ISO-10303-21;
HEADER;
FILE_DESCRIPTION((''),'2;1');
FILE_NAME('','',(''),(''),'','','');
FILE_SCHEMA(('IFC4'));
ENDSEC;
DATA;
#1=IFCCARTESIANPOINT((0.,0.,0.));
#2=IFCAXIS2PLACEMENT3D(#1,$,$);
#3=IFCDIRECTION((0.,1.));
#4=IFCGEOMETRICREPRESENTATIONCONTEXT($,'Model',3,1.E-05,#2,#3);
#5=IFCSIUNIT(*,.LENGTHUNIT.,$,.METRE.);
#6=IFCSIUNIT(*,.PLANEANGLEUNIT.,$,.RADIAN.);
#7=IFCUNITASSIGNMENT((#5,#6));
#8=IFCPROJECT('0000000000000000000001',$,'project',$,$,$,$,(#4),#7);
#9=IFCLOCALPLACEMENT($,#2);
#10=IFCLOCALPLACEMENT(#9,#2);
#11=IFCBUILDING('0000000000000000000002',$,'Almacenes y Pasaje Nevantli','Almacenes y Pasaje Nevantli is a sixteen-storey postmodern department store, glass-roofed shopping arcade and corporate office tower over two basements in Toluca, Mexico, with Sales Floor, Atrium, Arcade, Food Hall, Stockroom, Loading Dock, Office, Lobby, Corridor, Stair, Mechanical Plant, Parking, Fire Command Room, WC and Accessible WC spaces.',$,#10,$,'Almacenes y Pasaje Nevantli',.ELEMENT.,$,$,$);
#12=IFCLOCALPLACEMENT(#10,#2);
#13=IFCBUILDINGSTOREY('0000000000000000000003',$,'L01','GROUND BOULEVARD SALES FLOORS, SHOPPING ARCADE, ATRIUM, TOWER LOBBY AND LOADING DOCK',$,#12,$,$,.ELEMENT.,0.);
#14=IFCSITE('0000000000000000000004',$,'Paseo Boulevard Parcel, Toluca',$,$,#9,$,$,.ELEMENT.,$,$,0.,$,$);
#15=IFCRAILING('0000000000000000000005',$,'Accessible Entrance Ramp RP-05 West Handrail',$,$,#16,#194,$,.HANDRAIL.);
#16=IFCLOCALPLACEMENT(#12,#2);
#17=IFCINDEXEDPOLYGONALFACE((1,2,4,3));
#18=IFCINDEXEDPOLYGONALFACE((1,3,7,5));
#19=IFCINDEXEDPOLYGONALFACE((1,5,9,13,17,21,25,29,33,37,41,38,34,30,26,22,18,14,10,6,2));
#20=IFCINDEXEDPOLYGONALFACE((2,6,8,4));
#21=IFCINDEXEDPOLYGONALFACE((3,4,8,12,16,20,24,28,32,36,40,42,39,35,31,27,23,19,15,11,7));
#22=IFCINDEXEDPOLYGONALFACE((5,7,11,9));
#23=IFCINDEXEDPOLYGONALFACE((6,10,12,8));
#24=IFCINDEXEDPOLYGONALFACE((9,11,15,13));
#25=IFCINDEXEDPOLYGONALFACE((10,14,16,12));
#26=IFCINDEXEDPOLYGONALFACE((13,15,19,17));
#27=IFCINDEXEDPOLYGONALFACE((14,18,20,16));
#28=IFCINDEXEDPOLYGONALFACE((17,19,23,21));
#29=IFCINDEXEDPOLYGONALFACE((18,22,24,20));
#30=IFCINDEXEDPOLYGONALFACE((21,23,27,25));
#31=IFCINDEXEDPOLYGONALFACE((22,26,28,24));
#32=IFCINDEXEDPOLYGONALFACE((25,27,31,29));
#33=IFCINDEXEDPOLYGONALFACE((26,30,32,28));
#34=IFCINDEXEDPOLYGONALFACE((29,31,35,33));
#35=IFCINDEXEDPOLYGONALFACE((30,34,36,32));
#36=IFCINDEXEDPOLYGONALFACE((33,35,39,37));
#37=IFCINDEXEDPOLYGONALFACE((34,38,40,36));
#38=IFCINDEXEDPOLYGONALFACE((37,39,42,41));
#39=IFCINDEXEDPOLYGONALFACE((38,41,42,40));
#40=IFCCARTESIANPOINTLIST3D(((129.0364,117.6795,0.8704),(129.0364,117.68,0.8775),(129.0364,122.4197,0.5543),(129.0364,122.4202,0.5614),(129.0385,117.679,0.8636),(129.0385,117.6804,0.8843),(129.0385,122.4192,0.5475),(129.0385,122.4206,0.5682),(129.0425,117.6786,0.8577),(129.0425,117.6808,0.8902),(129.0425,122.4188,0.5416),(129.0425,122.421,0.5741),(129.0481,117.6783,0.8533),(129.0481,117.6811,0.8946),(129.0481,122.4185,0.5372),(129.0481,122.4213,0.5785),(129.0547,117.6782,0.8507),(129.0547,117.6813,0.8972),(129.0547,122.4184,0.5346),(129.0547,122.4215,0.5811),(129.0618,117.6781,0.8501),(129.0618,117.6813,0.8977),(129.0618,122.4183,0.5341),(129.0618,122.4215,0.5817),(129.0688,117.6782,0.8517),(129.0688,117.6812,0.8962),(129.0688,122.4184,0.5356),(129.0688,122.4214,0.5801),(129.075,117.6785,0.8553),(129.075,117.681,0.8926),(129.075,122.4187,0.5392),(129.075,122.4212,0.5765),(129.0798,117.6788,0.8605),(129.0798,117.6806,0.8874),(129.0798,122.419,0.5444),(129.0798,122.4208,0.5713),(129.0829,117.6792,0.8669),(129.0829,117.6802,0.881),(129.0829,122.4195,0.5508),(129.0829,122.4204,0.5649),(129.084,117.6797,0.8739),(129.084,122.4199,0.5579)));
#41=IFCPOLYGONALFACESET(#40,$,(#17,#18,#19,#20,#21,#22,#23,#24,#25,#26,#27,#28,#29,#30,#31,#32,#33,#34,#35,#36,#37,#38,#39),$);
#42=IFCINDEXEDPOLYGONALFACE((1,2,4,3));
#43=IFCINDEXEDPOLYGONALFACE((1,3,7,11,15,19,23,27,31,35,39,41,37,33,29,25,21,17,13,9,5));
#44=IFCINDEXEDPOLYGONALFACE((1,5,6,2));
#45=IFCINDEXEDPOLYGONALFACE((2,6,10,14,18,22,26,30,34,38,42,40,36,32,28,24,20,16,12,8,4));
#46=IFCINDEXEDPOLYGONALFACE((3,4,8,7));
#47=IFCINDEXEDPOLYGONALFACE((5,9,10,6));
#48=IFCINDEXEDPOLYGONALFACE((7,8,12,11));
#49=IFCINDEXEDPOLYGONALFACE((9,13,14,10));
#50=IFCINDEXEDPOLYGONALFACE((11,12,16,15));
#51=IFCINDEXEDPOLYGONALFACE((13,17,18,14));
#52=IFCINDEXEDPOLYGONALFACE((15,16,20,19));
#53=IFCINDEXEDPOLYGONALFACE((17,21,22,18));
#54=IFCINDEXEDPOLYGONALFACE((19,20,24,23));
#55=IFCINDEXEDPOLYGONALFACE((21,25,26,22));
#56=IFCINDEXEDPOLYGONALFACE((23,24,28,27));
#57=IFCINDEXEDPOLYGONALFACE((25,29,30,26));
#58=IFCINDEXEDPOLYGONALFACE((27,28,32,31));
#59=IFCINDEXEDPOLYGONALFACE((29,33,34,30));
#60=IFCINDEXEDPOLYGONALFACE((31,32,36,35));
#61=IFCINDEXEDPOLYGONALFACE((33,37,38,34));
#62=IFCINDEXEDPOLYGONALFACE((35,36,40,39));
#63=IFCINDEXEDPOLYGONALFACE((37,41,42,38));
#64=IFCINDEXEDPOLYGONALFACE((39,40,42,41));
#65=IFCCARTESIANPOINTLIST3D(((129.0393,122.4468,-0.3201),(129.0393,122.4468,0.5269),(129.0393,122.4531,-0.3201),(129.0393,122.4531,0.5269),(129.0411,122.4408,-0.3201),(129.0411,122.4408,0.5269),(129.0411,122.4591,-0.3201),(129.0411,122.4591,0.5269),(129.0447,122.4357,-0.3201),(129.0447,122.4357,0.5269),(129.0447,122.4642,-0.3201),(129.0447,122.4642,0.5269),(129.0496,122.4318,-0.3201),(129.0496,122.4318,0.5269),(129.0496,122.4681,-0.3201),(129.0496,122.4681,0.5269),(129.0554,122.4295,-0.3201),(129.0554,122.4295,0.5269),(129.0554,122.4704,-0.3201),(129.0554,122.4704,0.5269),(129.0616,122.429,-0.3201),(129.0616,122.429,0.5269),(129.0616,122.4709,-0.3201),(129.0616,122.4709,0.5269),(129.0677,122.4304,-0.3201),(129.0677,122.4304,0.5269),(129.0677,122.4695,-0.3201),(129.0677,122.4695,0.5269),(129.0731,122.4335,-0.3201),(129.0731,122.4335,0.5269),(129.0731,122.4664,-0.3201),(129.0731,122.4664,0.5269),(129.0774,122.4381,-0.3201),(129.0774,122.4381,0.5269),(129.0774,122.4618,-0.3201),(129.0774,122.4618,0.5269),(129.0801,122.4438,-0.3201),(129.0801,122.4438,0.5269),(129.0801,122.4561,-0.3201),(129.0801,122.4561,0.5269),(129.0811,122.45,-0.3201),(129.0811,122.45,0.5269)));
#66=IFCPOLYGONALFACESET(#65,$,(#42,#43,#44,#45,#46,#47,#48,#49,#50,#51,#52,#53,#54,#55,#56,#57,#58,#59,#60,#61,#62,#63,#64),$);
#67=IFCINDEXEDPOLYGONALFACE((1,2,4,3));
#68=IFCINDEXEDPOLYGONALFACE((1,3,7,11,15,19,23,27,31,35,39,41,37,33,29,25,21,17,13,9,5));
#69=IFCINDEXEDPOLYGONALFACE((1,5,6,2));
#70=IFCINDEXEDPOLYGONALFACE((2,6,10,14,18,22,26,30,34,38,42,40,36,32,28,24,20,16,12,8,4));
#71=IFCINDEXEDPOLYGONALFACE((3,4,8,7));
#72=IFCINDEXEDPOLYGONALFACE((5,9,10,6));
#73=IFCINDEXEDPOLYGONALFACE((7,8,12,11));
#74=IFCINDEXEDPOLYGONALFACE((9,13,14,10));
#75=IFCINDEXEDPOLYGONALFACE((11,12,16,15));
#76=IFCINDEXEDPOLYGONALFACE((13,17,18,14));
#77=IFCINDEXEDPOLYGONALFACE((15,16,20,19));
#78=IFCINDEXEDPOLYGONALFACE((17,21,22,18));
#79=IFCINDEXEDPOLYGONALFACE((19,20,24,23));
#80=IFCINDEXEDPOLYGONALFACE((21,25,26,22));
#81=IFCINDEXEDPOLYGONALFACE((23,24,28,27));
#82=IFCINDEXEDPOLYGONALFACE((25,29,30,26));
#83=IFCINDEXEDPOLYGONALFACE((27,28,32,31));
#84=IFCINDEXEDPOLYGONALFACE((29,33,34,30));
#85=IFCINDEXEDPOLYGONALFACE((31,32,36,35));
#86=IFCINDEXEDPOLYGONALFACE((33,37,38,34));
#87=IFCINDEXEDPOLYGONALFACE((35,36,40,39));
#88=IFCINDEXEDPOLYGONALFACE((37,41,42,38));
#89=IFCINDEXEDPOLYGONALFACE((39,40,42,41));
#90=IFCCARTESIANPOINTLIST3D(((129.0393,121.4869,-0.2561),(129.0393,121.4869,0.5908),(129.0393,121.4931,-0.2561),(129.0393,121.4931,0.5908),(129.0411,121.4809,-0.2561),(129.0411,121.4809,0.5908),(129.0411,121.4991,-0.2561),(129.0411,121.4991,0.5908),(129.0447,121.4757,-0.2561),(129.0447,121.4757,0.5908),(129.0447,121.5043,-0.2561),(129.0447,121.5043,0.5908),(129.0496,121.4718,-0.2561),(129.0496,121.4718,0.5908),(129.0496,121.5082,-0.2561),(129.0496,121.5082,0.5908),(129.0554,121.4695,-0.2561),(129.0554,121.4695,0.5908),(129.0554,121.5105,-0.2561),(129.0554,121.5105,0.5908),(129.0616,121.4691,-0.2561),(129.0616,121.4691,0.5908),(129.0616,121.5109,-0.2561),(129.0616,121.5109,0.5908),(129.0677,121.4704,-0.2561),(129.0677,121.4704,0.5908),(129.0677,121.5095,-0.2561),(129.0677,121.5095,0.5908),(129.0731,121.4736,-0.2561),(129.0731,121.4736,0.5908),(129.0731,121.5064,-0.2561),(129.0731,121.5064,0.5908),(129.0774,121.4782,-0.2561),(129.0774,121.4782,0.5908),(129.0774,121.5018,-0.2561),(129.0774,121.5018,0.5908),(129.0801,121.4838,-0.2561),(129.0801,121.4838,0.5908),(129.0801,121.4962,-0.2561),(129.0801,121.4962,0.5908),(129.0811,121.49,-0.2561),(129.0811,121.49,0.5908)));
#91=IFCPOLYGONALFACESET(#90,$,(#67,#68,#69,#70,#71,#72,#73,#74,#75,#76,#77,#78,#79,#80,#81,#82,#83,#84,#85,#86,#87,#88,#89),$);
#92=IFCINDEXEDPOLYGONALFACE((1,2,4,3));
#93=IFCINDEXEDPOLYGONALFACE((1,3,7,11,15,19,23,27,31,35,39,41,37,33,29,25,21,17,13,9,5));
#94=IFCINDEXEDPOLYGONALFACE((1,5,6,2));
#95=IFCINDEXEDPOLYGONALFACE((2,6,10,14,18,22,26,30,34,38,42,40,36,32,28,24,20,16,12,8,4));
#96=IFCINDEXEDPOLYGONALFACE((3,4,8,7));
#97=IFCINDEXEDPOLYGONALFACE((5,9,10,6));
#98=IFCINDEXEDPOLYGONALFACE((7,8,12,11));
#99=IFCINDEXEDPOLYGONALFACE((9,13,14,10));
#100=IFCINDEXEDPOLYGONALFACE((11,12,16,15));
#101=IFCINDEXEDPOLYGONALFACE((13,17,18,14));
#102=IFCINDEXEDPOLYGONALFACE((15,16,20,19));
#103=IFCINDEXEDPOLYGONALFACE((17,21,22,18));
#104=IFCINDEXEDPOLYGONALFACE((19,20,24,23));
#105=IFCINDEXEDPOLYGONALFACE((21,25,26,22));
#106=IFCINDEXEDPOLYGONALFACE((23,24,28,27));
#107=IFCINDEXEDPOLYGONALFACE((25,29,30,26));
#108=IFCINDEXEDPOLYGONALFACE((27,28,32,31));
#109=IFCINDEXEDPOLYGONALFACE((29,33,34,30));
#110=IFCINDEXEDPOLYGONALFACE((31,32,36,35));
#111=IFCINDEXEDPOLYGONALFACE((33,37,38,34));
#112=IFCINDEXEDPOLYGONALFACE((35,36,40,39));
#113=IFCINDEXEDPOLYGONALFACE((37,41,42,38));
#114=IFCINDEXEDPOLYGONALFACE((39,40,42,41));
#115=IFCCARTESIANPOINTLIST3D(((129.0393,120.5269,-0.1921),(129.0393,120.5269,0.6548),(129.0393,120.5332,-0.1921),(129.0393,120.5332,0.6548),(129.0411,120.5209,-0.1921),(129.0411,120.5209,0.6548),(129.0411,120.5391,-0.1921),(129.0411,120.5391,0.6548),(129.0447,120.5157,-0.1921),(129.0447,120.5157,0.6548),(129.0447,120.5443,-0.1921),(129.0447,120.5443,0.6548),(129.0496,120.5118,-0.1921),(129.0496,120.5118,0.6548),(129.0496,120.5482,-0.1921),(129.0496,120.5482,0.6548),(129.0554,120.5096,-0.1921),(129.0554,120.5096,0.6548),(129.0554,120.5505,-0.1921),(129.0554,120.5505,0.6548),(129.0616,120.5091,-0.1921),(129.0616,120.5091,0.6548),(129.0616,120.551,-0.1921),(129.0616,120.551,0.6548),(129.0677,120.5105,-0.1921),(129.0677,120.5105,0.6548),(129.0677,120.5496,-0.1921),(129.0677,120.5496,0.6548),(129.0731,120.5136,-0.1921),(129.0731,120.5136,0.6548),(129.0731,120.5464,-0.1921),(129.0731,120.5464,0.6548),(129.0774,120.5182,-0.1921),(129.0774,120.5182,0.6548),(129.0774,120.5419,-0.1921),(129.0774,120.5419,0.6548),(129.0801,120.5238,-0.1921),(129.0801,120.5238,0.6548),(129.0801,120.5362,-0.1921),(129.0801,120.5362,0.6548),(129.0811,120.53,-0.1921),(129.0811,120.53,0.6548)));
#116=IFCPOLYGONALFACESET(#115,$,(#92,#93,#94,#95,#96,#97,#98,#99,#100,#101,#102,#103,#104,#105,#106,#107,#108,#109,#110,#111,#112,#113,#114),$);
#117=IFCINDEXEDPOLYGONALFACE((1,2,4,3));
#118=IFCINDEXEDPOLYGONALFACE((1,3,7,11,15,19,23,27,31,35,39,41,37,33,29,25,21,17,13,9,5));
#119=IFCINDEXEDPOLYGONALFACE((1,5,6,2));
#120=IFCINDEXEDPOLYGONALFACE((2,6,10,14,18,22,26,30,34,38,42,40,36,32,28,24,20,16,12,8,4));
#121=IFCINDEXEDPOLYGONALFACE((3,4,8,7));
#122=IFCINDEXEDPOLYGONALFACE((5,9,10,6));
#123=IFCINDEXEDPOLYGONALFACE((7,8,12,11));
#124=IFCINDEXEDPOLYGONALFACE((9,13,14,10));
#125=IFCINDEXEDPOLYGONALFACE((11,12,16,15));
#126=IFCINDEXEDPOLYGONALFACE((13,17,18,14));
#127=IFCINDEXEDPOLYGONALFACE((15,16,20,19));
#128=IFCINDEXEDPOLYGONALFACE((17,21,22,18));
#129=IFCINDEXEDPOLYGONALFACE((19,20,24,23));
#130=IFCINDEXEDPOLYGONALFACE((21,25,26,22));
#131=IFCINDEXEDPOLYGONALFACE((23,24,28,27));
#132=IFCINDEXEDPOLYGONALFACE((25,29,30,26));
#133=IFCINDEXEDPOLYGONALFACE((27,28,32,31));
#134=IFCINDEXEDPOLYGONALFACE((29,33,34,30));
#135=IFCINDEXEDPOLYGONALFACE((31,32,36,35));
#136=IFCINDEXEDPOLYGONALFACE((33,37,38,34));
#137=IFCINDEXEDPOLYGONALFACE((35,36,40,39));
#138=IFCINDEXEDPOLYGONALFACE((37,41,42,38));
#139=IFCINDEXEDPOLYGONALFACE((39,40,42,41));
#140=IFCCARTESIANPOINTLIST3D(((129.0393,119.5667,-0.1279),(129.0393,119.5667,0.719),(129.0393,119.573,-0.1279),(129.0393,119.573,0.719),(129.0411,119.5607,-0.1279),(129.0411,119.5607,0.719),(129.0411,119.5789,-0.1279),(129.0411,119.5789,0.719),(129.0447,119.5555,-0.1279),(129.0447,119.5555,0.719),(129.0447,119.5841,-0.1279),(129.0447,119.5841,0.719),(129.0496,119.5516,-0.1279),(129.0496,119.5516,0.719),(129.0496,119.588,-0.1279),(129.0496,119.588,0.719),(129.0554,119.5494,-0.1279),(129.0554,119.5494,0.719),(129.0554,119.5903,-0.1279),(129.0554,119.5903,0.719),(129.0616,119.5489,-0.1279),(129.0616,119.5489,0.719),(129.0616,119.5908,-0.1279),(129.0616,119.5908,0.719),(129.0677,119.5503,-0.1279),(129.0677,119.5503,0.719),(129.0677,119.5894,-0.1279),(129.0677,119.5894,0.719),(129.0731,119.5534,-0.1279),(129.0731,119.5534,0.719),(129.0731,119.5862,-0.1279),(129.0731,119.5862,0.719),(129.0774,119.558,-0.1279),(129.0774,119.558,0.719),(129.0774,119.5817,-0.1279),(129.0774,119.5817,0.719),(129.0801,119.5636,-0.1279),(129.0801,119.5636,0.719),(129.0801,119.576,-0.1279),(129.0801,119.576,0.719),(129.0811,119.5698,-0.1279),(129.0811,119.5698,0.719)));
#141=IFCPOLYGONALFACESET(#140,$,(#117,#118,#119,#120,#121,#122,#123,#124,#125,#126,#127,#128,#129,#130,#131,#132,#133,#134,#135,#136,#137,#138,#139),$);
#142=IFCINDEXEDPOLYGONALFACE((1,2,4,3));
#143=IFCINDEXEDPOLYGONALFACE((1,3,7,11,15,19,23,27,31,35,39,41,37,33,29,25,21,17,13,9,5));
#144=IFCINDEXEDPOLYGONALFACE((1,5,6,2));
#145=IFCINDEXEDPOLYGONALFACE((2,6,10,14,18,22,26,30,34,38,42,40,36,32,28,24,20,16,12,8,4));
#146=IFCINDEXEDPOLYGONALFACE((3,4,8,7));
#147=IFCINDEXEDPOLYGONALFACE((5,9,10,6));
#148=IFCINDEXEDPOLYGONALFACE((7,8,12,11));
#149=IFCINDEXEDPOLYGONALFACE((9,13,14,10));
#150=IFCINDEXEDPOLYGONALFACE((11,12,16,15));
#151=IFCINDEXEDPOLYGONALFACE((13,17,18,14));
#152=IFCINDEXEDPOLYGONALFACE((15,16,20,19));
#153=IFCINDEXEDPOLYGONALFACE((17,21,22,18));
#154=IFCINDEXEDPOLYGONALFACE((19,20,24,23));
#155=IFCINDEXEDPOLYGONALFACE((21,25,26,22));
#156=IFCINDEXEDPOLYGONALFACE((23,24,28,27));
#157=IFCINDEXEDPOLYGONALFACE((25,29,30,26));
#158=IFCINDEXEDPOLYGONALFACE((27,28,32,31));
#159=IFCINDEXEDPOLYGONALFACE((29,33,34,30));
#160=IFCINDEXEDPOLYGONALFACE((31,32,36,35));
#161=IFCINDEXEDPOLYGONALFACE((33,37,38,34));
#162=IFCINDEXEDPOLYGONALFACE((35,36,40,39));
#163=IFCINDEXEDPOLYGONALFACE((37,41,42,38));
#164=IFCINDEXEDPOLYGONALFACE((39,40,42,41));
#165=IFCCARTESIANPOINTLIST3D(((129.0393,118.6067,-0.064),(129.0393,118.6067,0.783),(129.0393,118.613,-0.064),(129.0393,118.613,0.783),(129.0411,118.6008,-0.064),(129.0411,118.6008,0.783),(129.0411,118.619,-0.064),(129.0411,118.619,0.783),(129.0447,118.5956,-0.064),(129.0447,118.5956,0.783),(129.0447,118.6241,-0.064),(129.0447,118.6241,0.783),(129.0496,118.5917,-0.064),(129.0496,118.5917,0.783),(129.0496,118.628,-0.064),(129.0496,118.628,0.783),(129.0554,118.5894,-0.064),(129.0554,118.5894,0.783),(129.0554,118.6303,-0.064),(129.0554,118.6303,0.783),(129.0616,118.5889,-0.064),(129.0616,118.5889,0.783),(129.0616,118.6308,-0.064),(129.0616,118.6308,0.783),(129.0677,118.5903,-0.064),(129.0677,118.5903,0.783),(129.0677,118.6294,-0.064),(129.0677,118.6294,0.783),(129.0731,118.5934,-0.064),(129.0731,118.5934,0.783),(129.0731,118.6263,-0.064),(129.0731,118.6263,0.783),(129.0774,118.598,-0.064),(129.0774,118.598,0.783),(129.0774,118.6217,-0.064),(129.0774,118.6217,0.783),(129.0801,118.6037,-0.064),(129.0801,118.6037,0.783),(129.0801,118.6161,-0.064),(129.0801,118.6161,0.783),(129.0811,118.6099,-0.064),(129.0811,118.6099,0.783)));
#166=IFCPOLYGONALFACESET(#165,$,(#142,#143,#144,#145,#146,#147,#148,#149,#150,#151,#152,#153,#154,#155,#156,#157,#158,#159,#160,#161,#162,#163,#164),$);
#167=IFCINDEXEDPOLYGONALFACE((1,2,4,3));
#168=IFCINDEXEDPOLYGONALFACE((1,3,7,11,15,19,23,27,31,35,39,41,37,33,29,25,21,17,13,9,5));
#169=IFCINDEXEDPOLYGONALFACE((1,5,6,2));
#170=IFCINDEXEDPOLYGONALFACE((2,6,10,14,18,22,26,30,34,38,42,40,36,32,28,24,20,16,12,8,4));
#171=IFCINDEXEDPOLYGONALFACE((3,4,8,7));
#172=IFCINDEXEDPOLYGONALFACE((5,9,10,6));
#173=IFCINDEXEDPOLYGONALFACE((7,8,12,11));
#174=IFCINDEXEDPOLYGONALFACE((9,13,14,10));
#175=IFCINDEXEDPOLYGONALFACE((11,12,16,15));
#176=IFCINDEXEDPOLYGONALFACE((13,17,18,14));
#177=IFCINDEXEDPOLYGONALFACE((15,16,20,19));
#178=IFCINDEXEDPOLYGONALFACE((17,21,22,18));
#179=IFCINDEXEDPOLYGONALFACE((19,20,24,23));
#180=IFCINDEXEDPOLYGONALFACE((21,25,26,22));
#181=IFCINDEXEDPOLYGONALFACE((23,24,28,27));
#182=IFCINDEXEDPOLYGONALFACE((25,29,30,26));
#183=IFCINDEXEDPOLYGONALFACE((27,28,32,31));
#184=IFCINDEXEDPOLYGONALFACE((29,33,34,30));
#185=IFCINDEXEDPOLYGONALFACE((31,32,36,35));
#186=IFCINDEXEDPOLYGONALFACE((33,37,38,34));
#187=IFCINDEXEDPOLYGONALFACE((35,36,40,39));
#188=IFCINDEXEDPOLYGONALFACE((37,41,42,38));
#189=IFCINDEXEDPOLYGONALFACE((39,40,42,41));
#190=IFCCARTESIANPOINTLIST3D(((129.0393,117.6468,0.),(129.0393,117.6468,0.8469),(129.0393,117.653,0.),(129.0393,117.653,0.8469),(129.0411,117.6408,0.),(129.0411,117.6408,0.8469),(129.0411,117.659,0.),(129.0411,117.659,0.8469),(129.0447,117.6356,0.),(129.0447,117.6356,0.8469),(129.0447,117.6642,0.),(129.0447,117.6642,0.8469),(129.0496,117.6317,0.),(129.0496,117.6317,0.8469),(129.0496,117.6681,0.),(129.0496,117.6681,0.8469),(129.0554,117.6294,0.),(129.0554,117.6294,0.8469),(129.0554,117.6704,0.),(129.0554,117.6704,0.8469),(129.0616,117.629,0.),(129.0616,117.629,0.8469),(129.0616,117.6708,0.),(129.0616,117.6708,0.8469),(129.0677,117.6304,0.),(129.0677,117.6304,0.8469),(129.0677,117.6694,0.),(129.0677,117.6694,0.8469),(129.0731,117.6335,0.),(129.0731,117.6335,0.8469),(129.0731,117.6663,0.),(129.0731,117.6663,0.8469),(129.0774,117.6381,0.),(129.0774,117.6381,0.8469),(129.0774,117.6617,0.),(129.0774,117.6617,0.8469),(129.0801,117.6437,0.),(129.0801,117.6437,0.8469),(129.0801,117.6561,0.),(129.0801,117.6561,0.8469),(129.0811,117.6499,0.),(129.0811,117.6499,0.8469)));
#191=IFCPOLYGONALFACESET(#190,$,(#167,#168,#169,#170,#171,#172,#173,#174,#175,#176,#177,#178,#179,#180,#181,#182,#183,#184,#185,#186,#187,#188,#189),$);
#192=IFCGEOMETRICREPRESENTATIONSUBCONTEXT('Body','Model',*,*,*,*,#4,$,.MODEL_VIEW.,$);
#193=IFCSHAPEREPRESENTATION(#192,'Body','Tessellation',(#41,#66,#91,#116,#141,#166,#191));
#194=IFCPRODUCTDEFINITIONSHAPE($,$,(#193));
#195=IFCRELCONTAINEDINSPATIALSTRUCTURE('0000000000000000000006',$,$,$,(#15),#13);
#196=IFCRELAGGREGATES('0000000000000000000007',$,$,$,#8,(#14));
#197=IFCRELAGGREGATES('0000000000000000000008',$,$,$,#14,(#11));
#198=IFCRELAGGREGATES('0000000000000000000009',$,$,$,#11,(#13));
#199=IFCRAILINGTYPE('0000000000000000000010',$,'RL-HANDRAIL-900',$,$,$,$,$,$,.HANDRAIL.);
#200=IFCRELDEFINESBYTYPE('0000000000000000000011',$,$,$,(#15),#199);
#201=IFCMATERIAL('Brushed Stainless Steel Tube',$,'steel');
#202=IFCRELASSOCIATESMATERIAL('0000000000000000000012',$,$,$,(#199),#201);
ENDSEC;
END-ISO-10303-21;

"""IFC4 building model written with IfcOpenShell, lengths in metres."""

from ifc_helpers import new_model, si_unit, direction, frame, origin, origin_2d, place, context, subcontext, project, spatial, circle, extrude, material, type_object, element, save


model = new_model("IFC4")

# Units and contexts
model_context = context("Model", 3, precision=1e-05, world=origin(), true_north=direction((0.0, 1.0)))
body_context = subcontext(model_context, "Body", "Model", "MODEL_VIEW")
ifc_project = project(units=[si_unit("LENGTHUNIT", "METRE"), si_unit("PLANEANGLEUNIT", "RADIAN")], contexts=[model_context])

# Site, building, storey
site_placement = place(None, origin())
site = spatial("IfcSite", under=ifc_project, at=site_placement, Name="Paseo Boulevard Parcel, Toluca", CompositionType="ELEMENT", RefElevation=0.0)
building_placement = place(site_placement, origin())
building = spatial("IfcBuilding", under=site, at=building_placement, Name="Almacenes y Pasaje Nevantli", Description="Almacenes y Pasaje Nevantli is a sixteen-storey postmodern department store, glass-roofed shopping arcade and corporate office tower over two basements in Toluca, Mexico, with Sales Floor, Atrium, Arcade, Food Hall, Stockroom, Loading Dock, Office, Lobby, Corridor, Stair, Mechanical Plant, Parking, Fire Command Room, WC and Accessible WC spaces.", LongName="Almacenes y Pasaje Nevantli", CompositionType="ELEMENT")
storey_placement = place(building_placement, origin())
storey = spatial("IfcBuildingStorey", under=building, at=storey_placement, Name="L01", Description="GROUND BOULEVARD SALES FLOORS, SHOPPING ARCADE, ATRIUM, TOWER LOBBY AND LOADING DOCK", CompositionType="ELEMENT", Elevation=0.0)

# Railing
ifc_material_1 = material(Name="Brushed Stainless Steel Tube", Category="steel")
railing_type = type_object("IfcRailingType", Name="RL-HANDRAIL-900", PredefinedType="HANDRAIL", material=ifc_material_1)
for number, where, name in (
    (1, (129.0601, 122.45, -0.3201), "Accessible Entrance Ramp RP-05 West Handrail"),
):
    element("IfcRailing", number, at=place(storey_placement, frame(where)), inside=storey, type_object=railing_type, Name=name, PredefinedType="HANDRAIL", context=body_context, shape_type="SweptSolid", body=[
        extrude(circle(Radius=0.0239, at=origin_2d()), frame((0.0, -0.03, 0.8779), z_axis=(0.0, -0.997784, 0.066532), x_axis=(1.0, 0.0, 0.0)), (0.0, 0.0, 1.0), 4.7507),
        extrude(circle(Radius=0.021, at=origin_2d()), origin(), (0.0, 0.0, 1.0), 0.8469),
        extrude(circle(Radius=0.021, at=origin_2d()), frame((0.0, -0.96, 0.064)), (0.0, 0.0, 1.0), 0.8469),
        extrude(circle(Radius=0.021, at=origin_2d()), frame((0.0, -1.9199, 0.1279)), (0.0, 0.0, 1.0), 0.8469),
        extrude(circle(Radius=0.021, at=origin_2d()), frame((0.0, -2.8801, 0.1921)), (0.0, 0.0, 1.0), 0.8469),
        extrude(circle(Radius=0.021, at=origin_2d()), frame((0.0, -3.8401, 0.2561)), (0.0, 0.0, 1.0), 0.8469),
        extrude(circle(Radius=0.021, at=origin_2d()), frame((0.0, -4.8, 0.3201)), (0.0, 0.0, 1.0), 0.8469),
    ])

save(model, "model.ifc")
